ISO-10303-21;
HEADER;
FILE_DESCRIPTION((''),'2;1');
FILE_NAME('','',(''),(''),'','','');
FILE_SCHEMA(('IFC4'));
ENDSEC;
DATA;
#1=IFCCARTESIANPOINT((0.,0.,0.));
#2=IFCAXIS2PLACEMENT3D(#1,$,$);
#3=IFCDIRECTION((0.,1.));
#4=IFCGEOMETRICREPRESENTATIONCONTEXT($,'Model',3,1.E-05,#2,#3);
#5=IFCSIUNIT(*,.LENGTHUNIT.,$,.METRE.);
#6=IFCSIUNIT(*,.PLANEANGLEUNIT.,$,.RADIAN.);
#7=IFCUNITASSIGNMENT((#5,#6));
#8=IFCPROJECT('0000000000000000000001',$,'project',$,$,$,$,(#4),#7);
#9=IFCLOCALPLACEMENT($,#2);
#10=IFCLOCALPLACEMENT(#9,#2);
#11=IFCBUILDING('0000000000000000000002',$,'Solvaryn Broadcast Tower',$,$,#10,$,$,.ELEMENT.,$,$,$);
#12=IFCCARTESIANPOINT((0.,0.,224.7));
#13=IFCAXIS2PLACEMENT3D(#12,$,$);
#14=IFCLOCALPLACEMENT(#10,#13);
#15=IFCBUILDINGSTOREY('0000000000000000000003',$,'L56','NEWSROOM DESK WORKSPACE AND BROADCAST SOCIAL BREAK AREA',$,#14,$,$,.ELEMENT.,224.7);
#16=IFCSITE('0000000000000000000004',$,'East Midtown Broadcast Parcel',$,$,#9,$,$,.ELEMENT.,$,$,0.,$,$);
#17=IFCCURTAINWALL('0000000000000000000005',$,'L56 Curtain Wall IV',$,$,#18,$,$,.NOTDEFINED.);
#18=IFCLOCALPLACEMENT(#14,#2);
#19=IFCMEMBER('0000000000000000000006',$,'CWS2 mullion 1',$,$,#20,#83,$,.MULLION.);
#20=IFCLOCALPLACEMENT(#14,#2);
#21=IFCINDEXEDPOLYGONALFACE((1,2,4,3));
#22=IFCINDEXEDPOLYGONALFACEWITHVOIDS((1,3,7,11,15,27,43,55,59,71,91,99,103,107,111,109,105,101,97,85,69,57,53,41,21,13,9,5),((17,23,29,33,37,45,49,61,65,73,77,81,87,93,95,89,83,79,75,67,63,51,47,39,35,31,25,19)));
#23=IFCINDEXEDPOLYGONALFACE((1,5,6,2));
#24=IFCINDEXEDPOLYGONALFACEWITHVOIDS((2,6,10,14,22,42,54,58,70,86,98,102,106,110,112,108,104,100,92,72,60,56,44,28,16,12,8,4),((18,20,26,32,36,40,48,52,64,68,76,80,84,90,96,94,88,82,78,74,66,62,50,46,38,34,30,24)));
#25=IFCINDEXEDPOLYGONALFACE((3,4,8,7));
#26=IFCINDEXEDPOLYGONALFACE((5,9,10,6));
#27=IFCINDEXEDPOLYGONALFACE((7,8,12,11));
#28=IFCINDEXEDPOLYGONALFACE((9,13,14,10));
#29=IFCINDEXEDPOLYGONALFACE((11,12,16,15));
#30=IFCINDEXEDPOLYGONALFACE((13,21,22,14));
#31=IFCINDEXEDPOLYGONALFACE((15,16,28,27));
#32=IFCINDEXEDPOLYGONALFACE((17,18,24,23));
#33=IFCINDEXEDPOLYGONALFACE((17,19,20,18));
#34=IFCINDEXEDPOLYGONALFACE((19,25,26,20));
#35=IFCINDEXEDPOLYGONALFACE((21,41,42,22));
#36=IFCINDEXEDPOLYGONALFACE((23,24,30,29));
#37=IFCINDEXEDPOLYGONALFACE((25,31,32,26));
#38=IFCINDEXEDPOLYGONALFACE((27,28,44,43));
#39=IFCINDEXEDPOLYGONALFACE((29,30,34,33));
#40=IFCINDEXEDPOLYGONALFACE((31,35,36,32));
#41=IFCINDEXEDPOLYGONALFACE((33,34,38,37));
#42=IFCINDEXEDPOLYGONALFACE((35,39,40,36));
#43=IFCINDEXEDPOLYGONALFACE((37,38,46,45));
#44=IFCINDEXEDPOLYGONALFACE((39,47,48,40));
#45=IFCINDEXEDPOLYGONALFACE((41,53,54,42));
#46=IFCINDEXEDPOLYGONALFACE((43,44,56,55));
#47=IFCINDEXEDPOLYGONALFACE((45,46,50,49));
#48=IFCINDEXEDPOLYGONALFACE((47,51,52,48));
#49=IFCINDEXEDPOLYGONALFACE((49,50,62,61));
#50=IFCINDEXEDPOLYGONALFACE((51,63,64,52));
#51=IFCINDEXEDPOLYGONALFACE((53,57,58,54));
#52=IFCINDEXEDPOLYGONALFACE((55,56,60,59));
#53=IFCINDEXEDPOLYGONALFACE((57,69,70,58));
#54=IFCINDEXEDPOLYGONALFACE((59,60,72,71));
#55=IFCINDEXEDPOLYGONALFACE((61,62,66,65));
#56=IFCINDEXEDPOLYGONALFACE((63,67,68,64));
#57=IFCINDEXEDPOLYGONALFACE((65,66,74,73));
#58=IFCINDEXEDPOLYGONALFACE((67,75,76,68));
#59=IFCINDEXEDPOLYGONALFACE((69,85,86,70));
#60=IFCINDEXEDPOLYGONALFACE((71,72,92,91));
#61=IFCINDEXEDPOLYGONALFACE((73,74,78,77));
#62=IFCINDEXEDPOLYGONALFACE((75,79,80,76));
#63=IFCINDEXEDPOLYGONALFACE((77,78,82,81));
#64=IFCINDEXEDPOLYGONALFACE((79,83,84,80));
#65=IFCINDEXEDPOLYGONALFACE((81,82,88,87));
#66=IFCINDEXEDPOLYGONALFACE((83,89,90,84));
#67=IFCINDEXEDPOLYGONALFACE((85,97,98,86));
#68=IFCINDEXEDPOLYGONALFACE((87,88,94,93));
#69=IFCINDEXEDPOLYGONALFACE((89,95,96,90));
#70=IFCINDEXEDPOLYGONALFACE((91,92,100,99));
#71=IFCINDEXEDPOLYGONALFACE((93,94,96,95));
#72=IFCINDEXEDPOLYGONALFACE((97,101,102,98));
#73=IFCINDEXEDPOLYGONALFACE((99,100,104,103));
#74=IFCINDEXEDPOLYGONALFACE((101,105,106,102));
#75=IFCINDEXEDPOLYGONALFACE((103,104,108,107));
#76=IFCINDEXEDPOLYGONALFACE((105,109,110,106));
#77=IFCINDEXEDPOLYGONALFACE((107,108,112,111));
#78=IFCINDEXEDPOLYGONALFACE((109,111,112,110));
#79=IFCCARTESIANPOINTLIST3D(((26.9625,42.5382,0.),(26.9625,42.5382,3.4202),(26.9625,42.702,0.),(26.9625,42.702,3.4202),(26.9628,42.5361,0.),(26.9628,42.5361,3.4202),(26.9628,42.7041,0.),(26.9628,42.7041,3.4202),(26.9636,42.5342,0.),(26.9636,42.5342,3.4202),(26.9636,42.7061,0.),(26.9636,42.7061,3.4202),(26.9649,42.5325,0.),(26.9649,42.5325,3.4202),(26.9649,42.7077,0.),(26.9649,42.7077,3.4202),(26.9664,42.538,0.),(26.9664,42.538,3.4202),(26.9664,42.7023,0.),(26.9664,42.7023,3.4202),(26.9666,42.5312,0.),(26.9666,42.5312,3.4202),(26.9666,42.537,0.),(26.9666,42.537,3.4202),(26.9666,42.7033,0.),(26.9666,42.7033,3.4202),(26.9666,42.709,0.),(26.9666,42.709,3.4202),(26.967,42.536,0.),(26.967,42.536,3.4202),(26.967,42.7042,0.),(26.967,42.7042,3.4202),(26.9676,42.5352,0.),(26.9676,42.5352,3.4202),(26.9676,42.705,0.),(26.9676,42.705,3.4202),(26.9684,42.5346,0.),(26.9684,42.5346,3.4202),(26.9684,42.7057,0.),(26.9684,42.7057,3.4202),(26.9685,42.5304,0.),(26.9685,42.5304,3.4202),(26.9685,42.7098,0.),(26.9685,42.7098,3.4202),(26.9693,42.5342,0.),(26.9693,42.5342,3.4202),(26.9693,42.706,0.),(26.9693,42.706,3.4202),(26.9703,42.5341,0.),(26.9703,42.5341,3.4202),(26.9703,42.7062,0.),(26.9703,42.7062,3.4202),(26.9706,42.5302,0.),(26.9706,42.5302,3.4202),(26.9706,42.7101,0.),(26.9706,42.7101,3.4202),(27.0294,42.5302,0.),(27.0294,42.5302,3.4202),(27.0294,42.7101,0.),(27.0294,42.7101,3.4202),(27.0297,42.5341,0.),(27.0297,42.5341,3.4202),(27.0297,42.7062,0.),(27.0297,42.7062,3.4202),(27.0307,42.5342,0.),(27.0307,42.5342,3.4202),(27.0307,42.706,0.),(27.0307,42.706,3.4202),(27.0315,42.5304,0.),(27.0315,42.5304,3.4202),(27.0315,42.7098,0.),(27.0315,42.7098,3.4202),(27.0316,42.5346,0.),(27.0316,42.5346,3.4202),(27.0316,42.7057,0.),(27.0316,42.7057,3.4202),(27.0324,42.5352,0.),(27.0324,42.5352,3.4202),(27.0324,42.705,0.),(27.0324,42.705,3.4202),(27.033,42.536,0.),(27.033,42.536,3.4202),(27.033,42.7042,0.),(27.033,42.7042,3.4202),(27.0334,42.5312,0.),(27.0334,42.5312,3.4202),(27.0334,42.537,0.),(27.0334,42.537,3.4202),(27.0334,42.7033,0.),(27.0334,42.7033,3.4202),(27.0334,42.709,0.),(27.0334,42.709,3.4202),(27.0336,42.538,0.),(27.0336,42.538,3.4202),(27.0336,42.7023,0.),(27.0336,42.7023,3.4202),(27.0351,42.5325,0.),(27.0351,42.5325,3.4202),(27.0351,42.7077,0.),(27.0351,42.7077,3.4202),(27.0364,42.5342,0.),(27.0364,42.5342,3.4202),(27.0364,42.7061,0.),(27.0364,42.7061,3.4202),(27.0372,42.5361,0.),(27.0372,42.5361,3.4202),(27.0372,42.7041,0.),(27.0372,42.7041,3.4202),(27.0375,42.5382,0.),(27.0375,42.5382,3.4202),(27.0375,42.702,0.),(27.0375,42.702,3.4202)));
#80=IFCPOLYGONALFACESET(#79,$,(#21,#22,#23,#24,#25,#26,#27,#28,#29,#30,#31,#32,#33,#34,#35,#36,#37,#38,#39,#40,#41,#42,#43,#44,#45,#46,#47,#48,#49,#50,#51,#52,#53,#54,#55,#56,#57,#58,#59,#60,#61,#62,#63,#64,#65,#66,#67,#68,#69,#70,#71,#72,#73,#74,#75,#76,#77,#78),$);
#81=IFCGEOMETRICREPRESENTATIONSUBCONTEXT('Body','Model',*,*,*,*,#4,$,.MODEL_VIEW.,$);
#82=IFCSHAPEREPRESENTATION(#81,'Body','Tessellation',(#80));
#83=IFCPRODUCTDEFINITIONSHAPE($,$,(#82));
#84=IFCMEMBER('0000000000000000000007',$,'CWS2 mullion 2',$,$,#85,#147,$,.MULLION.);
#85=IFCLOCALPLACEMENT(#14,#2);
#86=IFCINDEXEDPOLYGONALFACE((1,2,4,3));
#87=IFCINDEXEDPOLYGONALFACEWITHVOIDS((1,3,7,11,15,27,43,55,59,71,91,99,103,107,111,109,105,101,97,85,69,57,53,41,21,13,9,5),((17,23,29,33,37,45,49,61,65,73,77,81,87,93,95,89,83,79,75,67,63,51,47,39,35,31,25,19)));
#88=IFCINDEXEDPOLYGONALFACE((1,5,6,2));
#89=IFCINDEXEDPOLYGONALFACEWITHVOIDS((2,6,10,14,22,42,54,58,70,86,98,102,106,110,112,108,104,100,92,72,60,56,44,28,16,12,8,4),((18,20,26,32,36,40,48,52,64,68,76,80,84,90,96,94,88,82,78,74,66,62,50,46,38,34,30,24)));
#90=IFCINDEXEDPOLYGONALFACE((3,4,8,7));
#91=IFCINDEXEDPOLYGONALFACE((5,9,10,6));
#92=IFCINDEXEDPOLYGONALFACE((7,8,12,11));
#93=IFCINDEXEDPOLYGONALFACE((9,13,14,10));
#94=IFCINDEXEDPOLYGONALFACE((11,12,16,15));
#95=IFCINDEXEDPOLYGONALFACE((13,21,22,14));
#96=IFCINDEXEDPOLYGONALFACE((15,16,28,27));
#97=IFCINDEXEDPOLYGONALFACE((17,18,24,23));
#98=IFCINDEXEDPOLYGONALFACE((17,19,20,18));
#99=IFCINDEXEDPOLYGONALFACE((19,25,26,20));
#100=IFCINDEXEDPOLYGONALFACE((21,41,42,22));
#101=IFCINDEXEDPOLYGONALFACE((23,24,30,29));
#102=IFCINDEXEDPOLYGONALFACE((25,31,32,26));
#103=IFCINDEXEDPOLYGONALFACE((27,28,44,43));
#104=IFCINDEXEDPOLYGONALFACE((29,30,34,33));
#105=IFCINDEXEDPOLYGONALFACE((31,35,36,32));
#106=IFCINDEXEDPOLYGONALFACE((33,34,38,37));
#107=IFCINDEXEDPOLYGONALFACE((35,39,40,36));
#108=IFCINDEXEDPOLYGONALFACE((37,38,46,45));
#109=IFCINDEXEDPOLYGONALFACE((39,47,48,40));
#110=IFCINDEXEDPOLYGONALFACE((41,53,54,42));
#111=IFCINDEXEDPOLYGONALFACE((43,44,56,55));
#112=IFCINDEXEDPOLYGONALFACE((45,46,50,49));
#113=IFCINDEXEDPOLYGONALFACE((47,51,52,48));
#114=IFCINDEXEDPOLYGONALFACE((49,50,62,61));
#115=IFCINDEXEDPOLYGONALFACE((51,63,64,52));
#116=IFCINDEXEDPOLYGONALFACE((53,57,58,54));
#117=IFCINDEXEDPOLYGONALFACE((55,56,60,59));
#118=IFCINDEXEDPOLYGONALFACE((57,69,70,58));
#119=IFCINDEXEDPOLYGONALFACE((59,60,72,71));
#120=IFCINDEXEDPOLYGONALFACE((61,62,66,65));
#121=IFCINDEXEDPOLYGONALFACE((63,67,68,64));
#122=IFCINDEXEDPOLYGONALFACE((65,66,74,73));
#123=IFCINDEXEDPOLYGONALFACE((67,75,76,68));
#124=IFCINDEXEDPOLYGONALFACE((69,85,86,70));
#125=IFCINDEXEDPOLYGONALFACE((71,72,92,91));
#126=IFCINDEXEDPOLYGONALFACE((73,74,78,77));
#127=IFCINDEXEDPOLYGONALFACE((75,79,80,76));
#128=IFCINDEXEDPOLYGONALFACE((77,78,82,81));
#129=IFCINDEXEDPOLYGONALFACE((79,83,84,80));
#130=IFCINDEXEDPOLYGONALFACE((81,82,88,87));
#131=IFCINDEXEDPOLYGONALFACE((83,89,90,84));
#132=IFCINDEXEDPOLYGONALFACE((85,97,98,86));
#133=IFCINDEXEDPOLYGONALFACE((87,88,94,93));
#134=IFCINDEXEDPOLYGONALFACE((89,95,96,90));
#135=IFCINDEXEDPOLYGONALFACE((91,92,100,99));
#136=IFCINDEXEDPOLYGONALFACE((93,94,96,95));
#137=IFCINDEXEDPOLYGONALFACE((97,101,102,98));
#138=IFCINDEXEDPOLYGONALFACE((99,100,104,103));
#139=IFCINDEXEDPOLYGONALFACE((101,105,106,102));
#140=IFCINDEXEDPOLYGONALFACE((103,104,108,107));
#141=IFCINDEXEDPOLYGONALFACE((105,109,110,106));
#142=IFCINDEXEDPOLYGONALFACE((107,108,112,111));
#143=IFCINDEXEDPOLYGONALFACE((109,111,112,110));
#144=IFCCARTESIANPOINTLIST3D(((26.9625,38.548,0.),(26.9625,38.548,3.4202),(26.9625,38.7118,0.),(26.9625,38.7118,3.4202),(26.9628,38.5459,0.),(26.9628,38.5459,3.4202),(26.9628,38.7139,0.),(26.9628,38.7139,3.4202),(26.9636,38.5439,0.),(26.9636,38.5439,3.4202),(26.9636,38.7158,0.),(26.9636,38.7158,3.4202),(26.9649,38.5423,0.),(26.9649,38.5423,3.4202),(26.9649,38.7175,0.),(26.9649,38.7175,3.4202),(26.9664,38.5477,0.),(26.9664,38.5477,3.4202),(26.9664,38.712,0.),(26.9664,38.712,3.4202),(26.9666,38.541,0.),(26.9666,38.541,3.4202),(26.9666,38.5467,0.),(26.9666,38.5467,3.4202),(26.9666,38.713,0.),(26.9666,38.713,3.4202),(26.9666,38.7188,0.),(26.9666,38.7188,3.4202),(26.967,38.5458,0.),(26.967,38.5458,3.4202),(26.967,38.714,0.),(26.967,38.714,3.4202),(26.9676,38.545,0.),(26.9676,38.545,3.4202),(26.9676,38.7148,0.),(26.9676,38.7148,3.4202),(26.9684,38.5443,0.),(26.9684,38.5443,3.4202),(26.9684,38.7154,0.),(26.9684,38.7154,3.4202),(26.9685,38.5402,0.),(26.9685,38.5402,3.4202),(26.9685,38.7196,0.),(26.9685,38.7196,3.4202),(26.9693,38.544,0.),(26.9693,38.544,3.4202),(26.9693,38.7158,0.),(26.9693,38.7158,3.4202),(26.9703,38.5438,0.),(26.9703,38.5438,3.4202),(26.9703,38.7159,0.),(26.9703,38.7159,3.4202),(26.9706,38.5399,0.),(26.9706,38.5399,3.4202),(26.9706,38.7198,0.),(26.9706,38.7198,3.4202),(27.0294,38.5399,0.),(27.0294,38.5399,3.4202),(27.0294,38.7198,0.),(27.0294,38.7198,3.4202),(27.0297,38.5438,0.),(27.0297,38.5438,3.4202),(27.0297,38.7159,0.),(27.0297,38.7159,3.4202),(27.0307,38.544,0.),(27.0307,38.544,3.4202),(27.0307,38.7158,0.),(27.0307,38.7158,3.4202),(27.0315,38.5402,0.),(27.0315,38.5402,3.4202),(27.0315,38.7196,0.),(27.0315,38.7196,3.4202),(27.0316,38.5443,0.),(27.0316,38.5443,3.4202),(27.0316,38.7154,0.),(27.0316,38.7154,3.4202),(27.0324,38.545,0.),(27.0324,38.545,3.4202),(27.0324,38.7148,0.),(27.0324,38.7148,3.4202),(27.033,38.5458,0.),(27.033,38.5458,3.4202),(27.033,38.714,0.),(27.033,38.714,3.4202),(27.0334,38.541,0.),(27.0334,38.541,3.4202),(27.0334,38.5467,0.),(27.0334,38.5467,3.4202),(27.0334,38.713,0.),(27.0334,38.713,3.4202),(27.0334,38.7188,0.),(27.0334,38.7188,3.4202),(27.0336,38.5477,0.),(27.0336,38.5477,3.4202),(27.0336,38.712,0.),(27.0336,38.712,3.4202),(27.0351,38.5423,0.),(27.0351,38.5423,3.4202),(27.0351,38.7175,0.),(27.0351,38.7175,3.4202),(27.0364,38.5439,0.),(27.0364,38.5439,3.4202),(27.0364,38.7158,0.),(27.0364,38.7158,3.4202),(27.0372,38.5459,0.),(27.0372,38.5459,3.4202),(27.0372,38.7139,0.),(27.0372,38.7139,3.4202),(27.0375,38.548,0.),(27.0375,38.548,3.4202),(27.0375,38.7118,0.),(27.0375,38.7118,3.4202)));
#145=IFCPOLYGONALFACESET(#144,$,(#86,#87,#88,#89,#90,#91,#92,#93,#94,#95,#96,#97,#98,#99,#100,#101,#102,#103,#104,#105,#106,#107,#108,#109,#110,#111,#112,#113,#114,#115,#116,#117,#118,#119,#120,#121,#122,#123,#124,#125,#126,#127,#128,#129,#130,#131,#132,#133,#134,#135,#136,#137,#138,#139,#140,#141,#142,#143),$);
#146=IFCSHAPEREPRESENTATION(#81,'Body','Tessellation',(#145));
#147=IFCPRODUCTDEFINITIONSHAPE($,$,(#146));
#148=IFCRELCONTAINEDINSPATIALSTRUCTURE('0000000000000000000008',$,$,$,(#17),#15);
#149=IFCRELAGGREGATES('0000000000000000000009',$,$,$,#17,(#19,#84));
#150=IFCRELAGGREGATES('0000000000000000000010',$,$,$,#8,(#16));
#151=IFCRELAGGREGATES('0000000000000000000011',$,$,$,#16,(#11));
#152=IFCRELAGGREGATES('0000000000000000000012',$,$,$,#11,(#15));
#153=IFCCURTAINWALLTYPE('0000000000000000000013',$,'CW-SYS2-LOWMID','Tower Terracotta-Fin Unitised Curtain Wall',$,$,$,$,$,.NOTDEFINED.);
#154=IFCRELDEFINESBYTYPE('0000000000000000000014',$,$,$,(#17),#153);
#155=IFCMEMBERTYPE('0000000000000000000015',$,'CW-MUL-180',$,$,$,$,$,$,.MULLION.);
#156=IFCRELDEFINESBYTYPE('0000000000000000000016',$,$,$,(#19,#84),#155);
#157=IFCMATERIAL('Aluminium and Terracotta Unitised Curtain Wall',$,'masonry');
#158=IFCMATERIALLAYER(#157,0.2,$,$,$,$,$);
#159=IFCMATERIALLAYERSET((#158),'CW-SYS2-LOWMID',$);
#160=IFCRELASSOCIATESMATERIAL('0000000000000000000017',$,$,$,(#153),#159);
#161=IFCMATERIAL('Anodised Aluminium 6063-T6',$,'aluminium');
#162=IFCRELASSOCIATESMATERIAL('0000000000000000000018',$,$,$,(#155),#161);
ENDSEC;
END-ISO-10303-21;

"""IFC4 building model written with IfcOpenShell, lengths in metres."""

from ifc_helpers import new_model, si_unit, direction, frame, origin, origin_2d, place, context, subcontext, project, spatial, hollow_rectangle, extrude, material, layer, layer_set, material_profile, profile_set, type_object, element, aggregate, save


model = new_model("IFC4")

# Units and contexts
model_context = context("Model", 3, precision=1e-05, world=origin(), true_north=direction((0.0, 1.0)))
body_context = subcontext(model_context, "Body", "Model", "MODEL_VIEW")
ifc_project = project(units=[si_unit("LENGTHUNIT", "METRE"), si_unit("PLANEANGLEUNIT", "RADIAN")], contexts=[model_context])

# Site, building, storey
site_placement = place(None, origin())
site = spatial("IfcSite", under=ifc_project, at=site_placement, Name="East Midtown Broadcast Parcel", CompositionType="ELEMENT", RefElevation=0.0)
building_placement = place(site_placement, origin())
building = spatial("IfcBuilding", under=site, at=building_placement, Name="Solvaryn Broadcast Tower", CompositionType="ELEMENT")
storey_placement = place(building_placement, frame((0.0, 0.0, 224.7)))
storey = spatial("IfcBuildingStorey", under=building, at=storey_placement, Name="L56", Description="NEWSROOM DESK WORKSPACE AND BROADCAST SOCIAL BREAK AREA", CompositionType="ELEMENT", Elevation=224.7)

# Curtain wall, members
ifc_material_1 = material(Name="Aluminium and Terracotta Unitised Curtain Wall", Category="masonry")
ifc_layer_1 = layer(ifc_material_1, 0.2)
ifc_layer_set_1 = layer_set([ifc_layer_1], Name="CW-SYS2-LOWMID")
curtain_wall_type = type_object("IfcCurtainWallType", Name="CW-SYS2-LOWMID", Description="Tower Terracotta-Fin Unitised Curtain Wall", PredefinedType="NOTDEFINED", material=ifc_layer_set_1)
curtain_wall_1_placement = place(storey_placement, origin())
curtain_wall_1 = element("IfcCurtainWall", 1, at=curtain_wall_1_placement, inside=storey, type_object=curtain_wall_type, Name="L56 Curtain Wall IV", PredefinedType="NOTDEFINED")
ifc_material_2 = material(Name="Anodised Aluminium 6063-T6", Category="aluminium")
ifc_material_profile_1 = material_profile(ifc_material_2, hollow_rectangle(XDim=0.075, YDim=0.1799, WallThickness=0.0039, InnerFilletRadius=0.0039, OuterFilletRadius=0.0081, at=origin_2d()))
ifc_profile_set_1 = profile_set([ifc_material_profile_1], Name="Anodised Aluminium 6063-T6")
member_type_1 = type_object("IfcMemberType", Name="CW-MUL-180", PredefinedType="MULLION", material=ifc_profile_set_1)
member_1_placement = place(storey_placement, frame((27.0, 42.6201, 0.0), z_axis=(0.0, 0.0, 1.0), x_axis=(1.0, 0.0, 0.0)))
member_1 = element("IfcMember", 2, at=member_1_placement, type_object=member_type_1, Name="CWS2 mullion 1", PredefinedType="MULLION", context=body_context, shape_type="SweptSolid", body=[
    extrude(hollow_rectangle(XDim=0.075, YDim=0.1799, WallThickness=0.0039, InnerFilletRadius=0.0039, OuterFilletRadius=0.0081, at=origin_2d()), origin(), (0.0, 0.0, 1.0), 3.4202),
])
member_2_placement = place(storey_placement, frame((27.0, 38.6299, 0.0), z_axis=(0.0, 0.0, 1.0), x_axis=(1.0, 0.0, 0.0)))
member_2 = element("IfcMember", 3, at=member_2_placement, type_object=member_type_1, Name="CWS2 mullion 2", PredefinedType="MULLION", context=body_context, shape_type="SweptSolid", body=[
    extrude(hollow_rectangle(XDim=0.075, YDim=0.1799, WallThickness=0.0039, InnerFilletRadius=0.0039, OuterFilletRadius=0.0081, at=origin_2d()), origin(), (0.0, 0.0, 1.0), 3.4202),
])

aggregate(curtain_wall_1, [member_1, member_2])

save(model, "model.ifc")
